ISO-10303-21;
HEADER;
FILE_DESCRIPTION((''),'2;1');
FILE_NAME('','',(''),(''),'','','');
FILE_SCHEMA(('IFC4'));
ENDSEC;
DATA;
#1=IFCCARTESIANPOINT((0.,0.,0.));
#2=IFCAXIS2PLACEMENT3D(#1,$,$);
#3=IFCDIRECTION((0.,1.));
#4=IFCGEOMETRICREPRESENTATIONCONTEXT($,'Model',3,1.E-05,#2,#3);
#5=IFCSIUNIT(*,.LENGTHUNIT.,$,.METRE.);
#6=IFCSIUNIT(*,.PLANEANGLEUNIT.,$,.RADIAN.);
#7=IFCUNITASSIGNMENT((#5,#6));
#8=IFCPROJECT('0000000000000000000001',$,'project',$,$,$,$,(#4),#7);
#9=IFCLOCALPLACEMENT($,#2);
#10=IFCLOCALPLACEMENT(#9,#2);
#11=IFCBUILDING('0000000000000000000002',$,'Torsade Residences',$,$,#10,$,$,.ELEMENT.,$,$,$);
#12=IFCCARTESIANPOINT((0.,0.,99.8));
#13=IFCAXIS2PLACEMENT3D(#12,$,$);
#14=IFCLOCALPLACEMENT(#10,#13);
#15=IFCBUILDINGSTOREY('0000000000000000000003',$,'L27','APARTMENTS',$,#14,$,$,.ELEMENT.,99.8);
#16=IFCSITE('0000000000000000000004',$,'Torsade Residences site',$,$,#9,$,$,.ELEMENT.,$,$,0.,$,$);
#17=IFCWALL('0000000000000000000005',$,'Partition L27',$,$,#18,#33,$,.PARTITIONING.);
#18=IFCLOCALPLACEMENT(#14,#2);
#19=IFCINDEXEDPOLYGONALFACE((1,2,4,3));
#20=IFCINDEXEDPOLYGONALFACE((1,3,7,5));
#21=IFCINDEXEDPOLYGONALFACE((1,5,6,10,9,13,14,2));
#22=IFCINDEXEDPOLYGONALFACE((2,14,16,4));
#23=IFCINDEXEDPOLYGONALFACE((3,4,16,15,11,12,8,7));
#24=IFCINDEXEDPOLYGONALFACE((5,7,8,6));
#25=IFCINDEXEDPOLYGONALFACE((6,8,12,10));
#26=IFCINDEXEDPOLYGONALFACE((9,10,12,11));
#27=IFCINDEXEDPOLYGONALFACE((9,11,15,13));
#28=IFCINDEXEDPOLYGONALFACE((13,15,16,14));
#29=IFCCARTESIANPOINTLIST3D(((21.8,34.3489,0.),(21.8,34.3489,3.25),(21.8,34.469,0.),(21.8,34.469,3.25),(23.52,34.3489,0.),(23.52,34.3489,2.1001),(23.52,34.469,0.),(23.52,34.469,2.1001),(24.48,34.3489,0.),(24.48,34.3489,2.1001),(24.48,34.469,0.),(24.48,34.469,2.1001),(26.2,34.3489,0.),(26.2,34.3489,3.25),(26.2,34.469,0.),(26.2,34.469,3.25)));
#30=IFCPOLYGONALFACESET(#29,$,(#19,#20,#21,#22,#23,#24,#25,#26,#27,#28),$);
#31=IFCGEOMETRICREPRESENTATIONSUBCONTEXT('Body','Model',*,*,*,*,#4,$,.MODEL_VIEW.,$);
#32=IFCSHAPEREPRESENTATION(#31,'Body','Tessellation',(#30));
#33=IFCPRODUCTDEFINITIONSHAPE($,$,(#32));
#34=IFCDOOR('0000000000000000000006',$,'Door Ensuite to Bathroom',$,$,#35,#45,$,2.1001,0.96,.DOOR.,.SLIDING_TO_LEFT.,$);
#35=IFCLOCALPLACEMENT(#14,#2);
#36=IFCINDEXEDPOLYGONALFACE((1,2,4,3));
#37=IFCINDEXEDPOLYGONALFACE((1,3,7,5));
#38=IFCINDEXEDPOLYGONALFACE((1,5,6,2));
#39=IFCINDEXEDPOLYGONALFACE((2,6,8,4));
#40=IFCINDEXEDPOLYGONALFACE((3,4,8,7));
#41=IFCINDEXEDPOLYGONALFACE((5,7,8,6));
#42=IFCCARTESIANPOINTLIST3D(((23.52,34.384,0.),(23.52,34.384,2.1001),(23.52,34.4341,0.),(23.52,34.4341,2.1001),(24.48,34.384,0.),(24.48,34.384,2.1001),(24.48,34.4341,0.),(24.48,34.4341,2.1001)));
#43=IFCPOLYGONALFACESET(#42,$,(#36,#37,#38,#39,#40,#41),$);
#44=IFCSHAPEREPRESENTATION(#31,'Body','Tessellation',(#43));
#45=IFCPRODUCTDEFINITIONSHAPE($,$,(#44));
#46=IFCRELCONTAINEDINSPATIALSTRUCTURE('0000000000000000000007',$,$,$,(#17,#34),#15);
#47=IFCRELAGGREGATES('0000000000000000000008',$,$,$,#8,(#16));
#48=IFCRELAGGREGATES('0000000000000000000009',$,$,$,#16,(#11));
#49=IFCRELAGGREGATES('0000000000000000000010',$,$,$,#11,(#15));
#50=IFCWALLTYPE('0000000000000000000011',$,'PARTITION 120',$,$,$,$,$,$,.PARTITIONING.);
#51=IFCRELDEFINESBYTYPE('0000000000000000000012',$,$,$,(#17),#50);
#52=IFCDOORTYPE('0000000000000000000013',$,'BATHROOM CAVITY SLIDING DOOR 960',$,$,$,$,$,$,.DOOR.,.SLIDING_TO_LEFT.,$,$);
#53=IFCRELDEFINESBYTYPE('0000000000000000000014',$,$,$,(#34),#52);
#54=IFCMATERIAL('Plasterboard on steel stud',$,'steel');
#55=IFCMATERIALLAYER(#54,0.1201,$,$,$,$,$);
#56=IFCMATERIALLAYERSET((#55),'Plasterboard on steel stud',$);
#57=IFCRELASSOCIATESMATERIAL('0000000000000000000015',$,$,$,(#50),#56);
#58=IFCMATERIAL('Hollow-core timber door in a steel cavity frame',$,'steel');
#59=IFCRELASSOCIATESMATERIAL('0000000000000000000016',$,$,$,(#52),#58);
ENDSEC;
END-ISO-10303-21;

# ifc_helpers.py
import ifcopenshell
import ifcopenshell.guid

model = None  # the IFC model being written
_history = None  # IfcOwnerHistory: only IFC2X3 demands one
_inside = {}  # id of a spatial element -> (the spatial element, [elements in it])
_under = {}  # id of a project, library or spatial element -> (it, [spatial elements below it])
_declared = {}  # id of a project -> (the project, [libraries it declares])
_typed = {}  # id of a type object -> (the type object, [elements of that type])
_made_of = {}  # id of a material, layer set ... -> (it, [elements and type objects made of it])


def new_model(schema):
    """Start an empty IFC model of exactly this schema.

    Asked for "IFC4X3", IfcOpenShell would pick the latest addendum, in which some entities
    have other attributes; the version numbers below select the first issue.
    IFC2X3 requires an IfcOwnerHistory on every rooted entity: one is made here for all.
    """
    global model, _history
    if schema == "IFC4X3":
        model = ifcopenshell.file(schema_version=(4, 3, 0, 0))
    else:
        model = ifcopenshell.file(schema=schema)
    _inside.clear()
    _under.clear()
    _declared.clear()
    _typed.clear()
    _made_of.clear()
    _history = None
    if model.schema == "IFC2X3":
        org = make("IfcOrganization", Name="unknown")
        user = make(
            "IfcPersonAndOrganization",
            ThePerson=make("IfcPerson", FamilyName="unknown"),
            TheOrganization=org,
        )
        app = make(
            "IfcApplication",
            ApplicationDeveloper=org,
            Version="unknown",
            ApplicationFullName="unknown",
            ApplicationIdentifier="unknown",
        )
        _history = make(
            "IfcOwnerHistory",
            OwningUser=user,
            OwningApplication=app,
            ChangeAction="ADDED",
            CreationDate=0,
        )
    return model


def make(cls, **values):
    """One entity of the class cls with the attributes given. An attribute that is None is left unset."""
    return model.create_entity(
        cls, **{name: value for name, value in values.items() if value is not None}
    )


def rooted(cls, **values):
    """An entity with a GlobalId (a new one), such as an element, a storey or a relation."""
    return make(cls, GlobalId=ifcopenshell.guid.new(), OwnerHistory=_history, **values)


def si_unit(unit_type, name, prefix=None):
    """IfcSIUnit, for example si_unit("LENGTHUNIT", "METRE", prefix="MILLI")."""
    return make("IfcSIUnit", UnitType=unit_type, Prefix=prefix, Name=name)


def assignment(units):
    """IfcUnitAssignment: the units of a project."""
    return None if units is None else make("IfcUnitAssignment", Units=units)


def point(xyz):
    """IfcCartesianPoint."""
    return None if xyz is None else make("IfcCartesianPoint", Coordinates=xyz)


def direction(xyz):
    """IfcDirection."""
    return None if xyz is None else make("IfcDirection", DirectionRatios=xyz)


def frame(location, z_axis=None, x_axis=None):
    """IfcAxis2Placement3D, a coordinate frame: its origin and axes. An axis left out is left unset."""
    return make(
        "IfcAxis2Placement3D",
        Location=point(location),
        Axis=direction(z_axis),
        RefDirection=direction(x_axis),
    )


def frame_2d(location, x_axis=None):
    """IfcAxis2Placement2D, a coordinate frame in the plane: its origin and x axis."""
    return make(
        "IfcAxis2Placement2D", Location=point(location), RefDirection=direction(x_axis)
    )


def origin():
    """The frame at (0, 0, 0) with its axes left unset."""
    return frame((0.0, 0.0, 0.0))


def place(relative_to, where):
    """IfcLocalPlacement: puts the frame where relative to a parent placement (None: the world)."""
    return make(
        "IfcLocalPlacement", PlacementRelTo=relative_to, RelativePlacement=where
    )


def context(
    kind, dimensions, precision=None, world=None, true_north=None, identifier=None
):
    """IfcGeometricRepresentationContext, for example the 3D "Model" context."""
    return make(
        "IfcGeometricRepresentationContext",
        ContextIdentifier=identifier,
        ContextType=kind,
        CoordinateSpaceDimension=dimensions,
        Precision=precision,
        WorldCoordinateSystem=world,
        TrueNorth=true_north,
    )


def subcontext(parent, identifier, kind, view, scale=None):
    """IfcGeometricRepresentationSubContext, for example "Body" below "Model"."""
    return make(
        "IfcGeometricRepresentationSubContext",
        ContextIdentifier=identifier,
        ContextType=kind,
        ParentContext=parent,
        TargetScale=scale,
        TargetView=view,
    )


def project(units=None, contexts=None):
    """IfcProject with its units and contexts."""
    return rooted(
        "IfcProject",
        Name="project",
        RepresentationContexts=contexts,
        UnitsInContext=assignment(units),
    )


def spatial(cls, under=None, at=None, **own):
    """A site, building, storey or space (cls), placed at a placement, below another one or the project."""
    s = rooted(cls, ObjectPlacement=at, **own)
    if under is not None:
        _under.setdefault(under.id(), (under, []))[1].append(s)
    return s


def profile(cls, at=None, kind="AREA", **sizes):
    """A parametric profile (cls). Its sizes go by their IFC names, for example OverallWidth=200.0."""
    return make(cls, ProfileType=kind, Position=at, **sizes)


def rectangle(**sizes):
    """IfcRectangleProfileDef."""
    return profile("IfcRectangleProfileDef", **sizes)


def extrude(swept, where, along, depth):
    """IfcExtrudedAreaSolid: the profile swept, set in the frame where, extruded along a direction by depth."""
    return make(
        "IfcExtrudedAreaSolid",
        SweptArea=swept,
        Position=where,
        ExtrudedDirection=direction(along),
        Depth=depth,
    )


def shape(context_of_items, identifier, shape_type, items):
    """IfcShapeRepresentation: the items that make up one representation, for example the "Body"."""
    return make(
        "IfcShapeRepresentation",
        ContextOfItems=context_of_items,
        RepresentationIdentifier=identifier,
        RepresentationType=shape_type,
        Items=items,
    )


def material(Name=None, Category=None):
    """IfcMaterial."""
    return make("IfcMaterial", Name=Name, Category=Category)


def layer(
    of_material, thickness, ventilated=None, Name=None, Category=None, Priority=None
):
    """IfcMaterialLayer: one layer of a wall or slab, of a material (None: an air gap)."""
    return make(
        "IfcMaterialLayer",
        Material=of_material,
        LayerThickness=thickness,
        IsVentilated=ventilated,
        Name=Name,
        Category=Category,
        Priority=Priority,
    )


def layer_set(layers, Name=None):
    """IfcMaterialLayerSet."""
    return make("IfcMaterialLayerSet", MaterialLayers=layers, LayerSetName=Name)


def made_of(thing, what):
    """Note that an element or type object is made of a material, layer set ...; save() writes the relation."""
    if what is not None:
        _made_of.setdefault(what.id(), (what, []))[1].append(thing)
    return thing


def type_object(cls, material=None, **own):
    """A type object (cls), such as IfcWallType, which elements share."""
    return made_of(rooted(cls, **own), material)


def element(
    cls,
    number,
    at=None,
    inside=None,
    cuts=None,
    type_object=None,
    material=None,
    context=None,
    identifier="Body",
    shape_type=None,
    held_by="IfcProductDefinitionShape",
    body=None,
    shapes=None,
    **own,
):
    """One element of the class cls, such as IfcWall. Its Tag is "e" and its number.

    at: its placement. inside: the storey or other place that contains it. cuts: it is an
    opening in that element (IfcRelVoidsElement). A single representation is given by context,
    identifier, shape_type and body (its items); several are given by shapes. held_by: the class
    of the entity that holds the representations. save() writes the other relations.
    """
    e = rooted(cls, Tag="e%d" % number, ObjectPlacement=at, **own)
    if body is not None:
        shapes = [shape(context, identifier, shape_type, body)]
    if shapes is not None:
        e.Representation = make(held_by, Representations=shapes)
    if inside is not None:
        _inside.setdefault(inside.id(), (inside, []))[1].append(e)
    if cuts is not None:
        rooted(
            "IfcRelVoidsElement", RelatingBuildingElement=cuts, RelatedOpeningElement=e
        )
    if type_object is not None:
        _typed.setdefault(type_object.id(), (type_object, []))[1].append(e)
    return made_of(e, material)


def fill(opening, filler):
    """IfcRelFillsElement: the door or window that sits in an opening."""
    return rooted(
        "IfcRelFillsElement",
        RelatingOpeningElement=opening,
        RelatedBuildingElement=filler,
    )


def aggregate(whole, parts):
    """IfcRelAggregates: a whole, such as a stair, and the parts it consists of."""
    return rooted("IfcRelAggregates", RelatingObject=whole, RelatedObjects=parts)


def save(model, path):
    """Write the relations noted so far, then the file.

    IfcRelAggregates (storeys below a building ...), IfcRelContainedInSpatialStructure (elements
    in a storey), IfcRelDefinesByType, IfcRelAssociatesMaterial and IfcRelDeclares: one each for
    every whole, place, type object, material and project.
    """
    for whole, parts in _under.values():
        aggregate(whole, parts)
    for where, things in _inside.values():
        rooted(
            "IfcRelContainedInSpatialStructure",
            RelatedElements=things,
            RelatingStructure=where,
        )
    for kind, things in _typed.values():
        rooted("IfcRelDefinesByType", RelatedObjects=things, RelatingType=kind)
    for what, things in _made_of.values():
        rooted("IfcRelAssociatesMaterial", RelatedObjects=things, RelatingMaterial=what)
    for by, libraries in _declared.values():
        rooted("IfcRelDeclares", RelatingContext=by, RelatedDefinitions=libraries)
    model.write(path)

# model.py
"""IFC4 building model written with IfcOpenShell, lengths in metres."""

from ifc_helpers import new_model, si_unit, direction, frame, frame_2d, origin, place, context, subcontext, project, spatial, rectangle, extrude, material, layer, layer_set, type_object, element, fill, save


model = new_model("IFC4")

# Units and contexts
model_context = context("Model", 3, precision=1e-05, world=origin(), true_north=direction((0.0, 1.0)))
body_context = subcontext(model_context, "Body", "Model", "MODEL_VIEW")
ifc_project = project(units=[si_unit("LENGTHUNIT", "METRE"), si_unit("PLANEANGLEUNIT", "RADIAN")], contexts=[model_context])

# Site, building, storey
site_placement = place(None, origin())
site = spatial("IfcSite", under=ifc_project, at=site_placement, Name="Torsade Residences site", CompositionType="ELEMENT", RefElevation=0.0)
building_placement = place(site_placement, origin())
building = spatial("IfcBuilding", under=site, at=building_placement, Name="Torsade Residences", CompositionType="ELEMENT")
storey_placement = place(building_placement, frame((0.0, 0.0, 99.8)))
storey = spatial("IfcBuildingStorey", under=building, at=storey_placement, Name="L27", Description="APARTMENTS", CompositionType="ELEMENT", Elevation=99.8)

# Wall, opening, door
ifc_material_1 = material(Name="Plasterboard on steel stud", Category="steel")
ifc_layer_1 = layer(ifc_material_1, 0.1201)
ifc_layer_set_1 = layer_set([ifc_layer_1], Name="Plasterboard on steel stud")
wall_type_1 = type_object("IfcWallType", Name="PARTITION 120", PredefinedType="PARTITIONING", material=ifc_layer_set_1)
wall_1_placement = place(storey_placement, frame((26.2, 34.4089, 0.0), z_axis=(0.0, 0.0, 1.0), x_axis=(-1.0, 0.0, 0.0)))
wall_1 = element("IfcWall", 1, at=wall_1_placement, inside=storey, type_object=wall_type_1, Name="Partition L27", PredefinedType="PARTITIONING", context=body_context, shape_type="SweptSolid", body=[
    extrude(rectangle(XDim=4.3999, YDim=0.1201, at=frame_2d((2.2, 0.0))), origin(), (0.0, 0.0, 1.0), 3.25),
])
opening_1_placement = place(wall_1_placement, frame((1.72, 0.0, 0.0)))
opening_1 = element("IfcOpeningElement", 2, at=opening_1_placement, cuts=wall_1, PredefinedType="OPENING", context=body_context, shape_type="SweptSolid", body=[
    extrude(rectangle(XDim=0.96, YDim=2.1001, at=frame_2d((0.48, 1.05))), frame((0.0, 0.0701, 0.0), z_axis=(0.0, -1.0, 0.0), x_axis=(1.0, 0.0, 0.0)), (0.0, 0.0, 1.0), 0.1401),
])
ifc_material_2 = material(Name="Hollow-core timber door in a steel cavity frame", Category="steel")
door_type_1 = type_object("IfcDoorType", Name="BATHROOM CAVITY SLIDING DOOR 960", OperationType="SLIDING_TO_LEFT", PredefinedType="DOOR", material=ifc_material_2)
door_1_placement = place(opening_1_placement, origin())
door_1 = element("IfcDoor", 3, at=door_1_placement, inside=storey, type_object=door_type_1, Name="Door Ensuite to Bathroom", OperationType="SLIDING_TO_LEFT", OverallHeight=2.1001, OverallWidth=0.96, PredefinedType="DOOR", context=body_context, shape_type="SweptSolid", body=[
    extrude(rectangle(XDim=0.96, YDim=2.1001, at=frame_2d((0.48, 1.05))), frame((0.0, 0.0249, 0.0), z_axis=(0.0, -1.0, 0.0), x_axis=(1.0, 0.0, 0.0)), (0.0, 0.0, 1.0), 0.05),
])
fill(opening_1, door_1)

save(model, "model.ifc")
